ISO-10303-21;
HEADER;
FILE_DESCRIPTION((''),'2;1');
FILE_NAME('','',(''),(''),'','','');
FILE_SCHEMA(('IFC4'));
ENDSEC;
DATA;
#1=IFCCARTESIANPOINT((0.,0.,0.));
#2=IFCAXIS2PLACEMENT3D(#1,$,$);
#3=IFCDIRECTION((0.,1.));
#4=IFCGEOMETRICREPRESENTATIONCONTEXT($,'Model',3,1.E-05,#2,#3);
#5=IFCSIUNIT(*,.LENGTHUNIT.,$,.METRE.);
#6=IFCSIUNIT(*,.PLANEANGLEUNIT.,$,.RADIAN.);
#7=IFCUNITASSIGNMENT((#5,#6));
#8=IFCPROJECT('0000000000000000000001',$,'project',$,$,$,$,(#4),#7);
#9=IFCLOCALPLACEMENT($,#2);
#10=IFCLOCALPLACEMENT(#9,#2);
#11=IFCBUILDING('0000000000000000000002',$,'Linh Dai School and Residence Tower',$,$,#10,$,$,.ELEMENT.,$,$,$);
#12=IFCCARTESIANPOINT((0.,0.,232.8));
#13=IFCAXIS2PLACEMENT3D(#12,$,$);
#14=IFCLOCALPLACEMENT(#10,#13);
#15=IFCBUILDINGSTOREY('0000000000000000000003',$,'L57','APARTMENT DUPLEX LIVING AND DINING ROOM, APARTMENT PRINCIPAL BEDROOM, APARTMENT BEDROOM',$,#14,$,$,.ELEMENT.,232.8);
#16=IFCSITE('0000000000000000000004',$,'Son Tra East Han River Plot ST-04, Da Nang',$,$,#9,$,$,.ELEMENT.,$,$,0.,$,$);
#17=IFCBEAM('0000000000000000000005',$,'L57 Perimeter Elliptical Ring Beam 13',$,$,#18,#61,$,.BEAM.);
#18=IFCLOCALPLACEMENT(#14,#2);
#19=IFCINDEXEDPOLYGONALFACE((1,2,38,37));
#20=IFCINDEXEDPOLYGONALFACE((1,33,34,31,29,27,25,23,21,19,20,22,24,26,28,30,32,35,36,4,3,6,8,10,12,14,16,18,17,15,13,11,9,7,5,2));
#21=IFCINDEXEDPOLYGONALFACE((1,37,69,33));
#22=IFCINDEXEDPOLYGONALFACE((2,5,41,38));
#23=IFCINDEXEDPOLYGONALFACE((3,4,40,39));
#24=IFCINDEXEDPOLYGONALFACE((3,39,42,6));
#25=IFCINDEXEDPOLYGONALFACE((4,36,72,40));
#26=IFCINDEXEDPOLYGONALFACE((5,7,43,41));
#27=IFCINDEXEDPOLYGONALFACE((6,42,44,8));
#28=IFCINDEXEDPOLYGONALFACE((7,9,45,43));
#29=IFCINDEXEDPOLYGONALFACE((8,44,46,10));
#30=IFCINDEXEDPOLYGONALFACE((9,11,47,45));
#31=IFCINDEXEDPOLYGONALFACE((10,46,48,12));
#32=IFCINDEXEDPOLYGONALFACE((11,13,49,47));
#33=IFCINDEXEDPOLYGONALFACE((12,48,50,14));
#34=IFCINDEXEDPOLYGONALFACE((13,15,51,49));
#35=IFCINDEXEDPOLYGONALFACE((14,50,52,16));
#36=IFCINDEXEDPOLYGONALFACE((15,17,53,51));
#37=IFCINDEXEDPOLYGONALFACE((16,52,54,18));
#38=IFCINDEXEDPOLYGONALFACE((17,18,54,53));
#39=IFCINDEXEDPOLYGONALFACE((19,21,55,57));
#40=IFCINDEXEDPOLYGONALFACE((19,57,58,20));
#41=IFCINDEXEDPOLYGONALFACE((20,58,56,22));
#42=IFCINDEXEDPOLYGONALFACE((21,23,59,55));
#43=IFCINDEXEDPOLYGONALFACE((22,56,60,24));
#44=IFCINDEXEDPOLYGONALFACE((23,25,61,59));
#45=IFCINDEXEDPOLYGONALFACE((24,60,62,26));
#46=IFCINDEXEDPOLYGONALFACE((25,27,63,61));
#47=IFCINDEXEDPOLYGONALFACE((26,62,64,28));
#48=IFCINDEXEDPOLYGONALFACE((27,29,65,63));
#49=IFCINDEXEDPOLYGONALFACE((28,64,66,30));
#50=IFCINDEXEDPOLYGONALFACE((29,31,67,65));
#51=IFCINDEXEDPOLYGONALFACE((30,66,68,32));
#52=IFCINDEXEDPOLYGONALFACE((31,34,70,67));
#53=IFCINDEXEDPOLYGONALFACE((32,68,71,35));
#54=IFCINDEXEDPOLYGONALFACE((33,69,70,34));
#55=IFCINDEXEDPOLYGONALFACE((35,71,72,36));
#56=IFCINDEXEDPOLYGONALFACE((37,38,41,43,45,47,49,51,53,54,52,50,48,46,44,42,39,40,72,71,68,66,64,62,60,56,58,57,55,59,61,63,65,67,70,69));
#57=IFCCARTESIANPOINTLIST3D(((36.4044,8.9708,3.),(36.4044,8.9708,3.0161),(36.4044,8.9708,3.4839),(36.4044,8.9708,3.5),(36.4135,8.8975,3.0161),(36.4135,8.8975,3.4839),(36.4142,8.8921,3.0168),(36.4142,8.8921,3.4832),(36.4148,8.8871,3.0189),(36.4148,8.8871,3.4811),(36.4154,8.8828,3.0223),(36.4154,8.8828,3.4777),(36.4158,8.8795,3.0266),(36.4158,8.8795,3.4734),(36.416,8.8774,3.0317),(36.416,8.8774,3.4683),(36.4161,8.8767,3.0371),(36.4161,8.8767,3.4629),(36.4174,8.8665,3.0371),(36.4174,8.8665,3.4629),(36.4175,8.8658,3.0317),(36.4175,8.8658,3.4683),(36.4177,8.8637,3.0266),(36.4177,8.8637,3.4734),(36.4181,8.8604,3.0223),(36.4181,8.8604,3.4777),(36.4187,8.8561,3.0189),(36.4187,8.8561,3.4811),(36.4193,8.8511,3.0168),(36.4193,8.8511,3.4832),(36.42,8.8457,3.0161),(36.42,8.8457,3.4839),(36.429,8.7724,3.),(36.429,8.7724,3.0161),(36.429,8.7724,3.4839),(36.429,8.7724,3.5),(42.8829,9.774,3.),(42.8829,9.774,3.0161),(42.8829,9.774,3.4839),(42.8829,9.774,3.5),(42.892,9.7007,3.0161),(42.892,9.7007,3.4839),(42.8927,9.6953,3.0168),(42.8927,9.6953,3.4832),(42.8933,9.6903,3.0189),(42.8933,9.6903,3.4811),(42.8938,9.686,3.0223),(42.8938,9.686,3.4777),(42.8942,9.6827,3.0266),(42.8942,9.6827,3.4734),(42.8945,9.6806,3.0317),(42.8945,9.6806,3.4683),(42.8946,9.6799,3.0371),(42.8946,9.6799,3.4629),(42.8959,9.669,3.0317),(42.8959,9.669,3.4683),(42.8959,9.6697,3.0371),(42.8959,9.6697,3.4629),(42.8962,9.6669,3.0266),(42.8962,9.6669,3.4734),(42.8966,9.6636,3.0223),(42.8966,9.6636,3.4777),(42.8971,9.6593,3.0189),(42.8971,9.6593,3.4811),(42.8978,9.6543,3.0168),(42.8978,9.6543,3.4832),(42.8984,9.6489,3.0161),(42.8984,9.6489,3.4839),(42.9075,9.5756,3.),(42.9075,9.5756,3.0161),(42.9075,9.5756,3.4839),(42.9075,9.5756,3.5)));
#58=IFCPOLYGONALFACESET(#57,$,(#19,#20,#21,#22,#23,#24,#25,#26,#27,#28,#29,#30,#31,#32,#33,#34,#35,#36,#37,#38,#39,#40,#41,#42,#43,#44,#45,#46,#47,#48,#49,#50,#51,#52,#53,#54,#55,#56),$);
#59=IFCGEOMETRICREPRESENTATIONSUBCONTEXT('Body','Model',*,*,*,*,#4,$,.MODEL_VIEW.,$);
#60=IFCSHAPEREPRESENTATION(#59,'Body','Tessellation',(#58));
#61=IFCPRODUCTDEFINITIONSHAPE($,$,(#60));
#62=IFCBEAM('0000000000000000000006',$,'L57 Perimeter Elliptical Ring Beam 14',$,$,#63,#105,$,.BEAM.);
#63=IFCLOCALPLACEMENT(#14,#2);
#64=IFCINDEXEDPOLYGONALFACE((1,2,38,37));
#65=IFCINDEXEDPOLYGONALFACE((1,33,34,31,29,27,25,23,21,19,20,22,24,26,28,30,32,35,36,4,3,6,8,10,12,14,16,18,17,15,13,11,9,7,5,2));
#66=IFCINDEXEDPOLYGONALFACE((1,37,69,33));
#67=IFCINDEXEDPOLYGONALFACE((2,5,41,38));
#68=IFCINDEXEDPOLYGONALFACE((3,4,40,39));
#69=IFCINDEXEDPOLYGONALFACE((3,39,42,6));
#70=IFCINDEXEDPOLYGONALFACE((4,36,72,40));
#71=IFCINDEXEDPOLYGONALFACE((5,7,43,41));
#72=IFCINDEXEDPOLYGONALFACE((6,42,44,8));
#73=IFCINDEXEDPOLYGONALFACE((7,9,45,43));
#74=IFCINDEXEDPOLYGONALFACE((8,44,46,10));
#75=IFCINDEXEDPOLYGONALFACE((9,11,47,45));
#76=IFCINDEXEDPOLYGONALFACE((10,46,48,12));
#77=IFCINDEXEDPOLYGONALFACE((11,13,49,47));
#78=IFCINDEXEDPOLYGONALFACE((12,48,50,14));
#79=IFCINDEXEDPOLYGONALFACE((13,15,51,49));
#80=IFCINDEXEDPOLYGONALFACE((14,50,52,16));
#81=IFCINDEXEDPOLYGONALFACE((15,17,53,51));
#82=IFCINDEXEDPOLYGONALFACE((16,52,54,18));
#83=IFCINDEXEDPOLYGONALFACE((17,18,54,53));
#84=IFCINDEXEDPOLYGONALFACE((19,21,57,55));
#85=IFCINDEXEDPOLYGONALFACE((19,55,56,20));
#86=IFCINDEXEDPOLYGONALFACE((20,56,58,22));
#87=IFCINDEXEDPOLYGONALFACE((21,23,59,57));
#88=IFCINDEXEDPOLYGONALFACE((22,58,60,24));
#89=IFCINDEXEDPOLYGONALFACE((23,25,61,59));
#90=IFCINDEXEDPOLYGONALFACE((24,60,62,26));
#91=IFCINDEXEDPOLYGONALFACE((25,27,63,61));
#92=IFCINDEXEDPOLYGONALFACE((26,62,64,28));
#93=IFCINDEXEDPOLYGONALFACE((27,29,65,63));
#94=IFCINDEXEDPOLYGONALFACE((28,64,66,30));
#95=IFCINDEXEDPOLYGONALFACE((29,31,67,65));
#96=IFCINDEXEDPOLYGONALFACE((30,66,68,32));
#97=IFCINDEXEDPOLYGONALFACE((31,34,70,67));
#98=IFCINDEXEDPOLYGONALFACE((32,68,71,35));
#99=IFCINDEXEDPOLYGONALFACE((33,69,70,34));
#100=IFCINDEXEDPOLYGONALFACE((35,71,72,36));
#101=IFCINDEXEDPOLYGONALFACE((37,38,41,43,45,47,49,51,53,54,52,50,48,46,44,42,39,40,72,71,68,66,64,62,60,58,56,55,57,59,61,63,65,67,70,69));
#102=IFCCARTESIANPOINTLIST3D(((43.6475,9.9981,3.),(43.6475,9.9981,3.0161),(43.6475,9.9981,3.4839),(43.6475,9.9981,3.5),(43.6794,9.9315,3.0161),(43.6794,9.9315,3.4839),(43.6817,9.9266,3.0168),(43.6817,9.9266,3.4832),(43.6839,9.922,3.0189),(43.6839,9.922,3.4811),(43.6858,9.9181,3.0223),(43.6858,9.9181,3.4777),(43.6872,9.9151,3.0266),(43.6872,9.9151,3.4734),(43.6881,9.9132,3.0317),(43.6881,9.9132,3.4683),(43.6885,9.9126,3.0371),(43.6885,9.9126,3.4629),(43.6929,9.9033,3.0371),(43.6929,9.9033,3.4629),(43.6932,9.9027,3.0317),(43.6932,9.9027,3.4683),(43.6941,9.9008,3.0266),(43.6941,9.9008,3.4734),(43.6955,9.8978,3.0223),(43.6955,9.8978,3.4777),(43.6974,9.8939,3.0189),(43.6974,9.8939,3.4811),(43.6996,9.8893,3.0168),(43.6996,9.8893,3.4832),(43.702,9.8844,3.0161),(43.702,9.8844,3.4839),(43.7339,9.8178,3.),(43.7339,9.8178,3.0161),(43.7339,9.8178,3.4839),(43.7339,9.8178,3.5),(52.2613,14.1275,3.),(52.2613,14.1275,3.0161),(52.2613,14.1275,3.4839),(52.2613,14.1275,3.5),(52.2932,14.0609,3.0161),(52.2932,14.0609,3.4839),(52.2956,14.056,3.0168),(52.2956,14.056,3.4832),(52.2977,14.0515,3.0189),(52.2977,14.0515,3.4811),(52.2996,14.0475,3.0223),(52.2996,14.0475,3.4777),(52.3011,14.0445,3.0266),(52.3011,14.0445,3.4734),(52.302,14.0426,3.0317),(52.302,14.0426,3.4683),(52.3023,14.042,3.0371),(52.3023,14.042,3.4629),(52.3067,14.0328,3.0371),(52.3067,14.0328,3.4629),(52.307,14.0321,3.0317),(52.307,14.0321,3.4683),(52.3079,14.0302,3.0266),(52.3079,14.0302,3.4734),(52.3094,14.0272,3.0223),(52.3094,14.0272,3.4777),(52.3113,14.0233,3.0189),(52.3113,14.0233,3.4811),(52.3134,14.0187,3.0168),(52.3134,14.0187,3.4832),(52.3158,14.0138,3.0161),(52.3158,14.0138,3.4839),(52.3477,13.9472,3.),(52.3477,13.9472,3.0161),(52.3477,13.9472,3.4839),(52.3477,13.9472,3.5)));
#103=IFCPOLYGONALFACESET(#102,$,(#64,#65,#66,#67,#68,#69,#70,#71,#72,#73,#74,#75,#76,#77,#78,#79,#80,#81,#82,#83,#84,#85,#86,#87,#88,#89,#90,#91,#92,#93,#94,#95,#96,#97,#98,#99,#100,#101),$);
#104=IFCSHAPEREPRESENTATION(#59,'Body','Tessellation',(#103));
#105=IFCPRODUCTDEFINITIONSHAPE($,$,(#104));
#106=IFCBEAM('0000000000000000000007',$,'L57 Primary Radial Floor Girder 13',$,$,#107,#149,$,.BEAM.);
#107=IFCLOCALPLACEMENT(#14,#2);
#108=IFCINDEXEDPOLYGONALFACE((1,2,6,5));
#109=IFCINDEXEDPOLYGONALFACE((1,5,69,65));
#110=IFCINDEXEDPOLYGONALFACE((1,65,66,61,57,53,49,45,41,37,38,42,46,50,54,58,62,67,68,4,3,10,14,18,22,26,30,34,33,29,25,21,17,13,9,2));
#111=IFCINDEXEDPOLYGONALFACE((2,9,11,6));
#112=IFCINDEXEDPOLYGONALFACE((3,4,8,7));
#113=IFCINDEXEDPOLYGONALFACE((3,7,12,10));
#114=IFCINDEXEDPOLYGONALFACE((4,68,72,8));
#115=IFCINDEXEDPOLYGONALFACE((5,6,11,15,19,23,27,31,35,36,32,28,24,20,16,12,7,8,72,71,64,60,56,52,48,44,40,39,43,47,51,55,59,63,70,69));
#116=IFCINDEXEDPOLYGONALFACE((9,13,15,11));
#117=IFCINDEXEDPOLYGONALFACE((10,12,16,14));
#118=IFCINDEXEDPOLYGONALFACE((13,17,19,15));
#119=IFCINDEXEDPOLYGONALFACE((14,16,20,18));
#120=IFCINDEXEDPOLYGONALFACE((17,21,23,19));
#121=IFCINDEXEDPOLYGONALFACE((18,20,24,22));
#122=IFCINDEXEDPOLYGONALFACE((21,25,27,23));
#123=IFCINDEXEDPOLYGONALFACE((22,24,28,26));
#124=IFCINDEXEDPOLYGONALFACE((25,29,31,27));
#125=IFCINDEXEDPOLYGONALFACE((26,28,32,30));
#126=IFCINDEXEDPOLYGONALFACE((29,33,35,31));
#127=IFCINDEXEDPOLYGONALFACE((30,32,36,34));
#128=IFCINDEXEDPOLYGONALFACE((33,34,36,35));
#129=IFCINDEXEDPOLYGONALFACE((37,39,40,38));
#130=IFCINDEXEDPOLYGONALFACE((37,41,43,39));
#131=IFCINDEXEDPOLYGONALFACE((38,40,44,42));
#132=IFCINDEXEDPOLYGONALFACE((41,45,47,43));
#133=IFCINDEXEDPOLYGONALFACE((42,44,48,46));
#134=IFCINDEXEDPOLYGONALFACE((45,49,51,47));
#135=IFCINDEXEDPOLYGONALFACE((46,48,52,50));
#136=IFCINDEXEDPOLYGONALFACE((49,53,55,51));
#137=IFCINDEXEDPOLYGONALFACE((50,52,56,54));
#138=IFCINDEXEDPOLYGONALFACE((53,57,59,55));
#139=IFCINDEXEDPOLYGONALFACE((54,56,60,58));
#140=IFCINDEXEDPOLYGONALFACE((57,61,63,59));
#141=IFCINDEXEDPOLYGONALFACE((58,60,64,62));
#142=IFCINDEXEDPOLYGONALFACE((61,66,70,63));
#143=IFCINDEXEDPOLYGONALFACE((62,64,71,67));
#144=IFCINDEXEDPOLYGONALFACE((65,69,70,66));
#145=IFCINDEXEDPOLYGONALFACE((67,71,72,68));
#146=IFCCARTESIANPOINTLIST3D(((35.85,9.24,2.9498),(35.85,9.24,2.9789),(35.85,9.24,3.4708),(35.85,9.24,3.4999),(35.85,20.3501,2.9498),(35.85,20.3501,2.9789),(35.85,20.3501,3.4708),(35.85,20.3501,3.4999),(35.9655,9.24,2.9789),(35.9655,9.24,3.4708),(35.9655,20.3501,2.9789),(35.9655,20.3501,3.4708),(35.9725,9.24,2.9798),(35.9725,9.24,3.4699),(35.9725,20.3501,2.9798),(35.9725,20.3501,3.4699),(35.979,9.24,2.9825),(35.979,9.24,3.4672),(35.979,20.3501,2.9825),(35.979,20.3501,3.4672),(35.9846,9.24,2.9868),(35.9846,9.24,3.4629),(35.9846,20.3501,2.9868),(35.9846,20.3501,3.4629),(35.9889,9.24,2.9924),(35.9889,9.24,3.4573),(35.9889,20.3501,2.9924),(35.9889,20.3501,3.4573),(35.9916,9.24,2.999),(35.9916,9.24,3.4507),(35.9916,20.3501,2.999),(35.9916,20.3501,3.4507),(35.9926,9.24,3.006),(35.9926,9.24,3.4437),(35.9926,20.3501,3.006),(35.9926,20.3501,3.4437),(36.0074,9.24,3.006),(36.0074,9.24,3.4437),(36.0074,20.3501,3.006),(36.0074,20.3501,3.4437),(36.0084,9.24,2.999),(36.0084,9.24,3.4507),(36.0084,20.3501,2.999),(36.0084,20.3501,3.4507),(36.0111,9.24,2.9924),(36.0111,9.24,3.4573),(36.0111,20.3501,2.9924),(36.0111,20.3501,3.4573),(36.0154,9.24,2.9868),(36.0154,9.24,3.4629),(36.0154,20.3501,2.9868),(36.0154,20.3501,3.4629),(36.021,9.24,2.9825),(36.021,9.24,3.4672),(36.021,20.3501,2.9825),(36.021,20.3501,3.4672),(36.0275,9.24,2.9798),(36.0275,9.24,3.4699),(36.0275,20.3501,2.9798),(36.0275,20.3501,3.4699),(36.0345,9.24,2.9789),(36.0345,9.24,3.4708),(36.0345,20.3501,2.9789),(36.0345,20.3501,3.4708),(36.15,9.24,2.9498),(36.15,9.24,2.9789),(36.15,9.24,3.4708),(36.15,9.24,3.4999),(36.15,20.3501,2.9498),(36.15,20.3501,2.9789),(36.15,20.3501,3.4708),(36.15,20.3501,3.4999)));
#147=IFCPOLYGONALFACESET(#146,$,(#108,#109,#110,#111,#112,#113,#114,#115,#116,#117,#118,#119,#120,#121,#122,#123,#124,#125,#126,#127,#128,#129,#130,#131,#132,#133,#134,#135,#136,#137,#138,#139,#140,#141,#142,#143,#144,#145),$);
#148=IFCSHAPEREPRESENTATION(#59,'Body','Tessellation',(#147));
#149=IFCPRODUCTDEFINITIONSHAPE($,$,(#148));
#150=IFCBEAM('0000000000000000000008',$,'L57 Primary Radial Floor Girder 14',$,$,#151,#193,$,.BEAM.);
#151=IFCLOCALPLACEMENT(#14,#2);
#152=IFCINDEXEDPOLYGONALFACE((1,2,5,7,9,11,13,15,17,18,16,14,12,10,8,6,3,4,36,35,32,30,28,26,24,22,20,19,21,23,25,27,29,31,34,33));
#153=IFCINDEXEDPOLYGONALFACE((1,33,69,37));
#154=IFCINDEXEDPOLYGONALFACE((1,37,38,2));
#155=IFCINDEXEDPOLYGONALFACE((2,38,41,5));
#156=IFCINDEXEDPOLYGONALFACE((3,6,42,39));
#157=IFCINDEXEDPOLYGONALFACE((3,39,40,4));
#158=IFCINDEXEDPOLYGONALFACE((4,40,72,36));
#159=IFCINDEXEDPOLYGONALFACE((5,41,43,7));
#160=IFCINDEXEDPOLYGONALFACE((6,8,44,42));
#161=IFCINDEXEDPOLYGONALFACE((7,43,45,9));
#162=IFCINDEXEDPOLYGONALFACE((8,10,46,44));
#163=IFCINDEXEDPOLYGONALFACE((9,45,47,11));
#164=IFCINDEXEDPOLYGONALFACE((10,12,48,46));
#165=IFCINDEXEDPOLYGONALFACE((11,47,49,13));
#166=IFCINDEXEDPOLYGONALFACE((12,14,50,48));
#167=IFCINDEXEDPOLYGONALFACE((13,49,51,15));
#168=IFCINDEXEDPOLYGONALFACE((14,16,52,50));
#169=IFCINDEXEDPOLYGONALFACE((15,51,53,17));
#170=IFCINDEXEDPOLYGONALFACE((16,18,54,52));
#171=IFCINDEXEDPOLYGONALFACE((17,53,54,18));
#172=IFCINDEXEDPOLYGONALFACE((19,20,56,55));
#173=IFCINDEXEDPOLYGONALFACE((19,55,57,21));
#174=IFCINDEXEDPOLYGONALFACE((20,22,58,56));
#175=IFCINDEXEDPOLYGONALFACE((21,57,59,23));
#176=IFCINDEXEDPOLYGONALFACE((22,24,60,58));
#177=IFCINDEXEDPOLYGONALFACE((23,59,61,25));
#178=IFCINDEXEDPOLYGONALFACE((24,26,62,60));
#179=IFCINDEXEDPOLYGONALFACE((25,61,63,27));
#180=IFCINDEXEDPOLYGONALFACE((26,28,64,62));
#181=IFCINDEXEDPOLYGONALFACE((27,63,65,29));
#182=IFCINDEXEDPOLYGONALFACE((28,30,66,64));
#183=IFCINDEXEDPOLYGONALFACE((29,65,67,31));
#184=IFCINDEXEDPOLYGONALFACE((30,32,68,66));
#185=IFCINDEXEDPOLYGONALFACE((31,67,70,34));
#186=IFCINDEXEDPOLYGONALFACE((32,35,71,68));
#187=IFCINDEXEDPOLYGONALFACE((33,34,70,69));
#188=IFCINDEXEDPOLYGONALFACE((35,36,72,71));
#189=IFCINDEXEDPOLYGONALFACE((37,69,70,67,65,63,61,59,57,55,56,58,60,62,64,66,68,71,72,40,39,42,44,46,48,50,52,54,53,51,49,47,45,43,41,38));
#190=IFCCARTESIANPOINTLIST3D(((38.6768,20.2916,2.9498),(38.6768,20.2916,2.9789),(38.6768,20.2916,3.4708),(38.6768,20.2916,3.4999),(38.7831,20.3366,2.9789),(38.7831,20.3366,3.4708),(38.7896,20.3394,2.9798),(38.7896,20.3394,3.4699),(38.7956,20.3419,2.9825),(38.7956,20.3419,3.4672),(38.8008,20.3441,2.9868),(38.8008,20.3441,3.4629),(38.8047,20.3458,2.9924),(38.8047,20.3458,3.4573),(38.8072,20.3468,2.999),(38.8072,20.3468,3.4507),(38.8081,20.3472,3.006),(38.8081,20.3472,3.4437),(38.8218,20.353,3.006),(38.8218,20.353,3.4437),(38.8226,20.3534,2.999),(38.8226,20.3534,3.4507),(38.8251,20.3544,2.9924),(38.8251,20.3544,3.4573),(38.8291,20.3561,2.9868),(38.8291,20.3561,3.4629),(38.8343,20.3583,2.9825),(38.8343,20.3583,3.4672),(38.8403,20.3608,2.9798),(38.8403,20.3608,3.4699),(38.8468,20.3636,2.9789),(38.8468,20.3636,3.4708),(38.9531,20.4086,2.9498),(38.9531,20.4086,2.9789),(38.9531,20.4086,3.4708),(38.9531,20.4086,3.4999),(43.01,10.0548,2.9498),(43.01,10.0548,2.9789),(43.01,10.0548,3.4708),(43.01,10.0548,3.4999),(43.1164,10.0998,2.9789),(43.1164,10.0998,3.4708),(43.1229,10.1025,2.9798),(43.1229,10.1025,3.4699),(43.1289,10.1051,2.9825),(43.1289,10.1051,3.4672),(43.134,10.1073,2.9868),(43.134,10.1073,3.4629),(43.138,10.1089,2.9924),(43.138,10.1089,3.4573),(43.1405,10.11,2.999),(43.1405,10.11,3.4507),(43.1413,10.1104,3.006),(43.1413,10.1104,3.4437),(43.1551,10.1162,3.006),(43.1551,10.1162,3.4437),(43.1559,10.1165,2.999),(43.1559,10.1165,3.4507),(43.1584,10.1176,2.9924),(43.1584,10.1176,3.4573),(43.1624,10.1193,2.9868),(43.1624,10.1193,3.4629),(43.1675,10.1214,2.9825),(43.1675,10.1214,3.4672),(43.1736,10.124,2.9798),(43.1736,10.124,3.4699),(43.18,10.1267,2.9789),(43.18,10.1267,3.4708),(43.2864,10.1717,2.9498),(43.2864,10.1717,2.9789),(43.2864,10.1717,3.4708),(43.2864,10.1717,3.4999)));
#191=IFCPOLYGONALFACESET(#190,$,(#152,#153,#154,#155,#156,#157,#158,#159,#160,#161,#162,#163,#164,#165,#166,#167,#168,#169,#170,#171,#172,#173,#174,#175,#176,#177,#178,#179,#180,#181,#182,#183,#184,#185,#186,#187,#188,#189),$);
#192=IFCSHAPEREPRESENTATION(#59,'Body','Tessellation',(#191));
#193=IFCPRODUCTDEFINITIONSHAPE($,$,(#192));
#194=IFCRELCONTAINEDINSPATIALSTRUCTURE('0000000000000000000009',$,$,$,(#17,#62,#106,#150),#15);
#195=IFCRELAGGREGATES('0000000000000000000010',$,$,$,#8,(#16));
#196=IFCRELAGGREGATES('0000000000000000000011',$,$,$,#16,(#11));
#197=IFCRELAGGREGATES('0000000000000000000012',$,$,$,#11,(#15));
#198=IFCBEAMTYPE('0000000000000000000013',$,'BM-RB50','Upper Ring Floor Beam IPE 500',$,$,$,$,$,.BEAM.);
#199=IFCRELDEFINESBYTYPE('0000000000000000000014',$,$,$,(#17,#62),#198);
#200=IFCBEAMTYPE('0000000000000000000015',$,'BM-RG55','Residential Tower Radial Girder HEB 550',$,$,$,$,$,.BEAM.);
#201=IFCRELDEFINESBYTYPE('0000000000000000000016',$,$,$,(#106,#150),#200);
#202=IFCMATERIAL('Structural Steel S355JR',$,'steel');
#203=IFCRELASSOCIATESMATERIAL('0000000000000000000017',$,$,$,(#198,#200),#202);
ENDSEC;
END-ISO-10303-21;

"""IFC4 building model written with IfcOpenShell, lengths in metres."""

from ifc_helpers import new_model, si_unit, direction, frame, origin, origin_2d, place, context, subcontext, project, spatial, i_section, extrude, material, material_profile, profile_set, type_object, element, save


model = new_model("IFC4")

# Units and contexts
model_context = context("Model", 3, precision=1e-05, world=origin(), true_north=direction((0.0, 1.0)))
body_context = subcontext(model_context, "Body", "Model", "MODEL_VIEW")
ifc_project = project(units=[si_unit("LENGTHUNIT", "METRE"), si_unit("PLANEANGLEUNIT", "RADIAN")], contexts=[model_context])

# Site, building, storey
site_placement = place(None, origin())
site = spatial("IfcSite", under=ifc_project, at=site_placement, Name="Son Tra East Han River Plot ST-04, Da Nang", CompositionType="ELEMENT", RefElevation=0.0)
building_placement = place(site_placement, origin())
building = spatial("IfcBuilding", under=site, at=building_placement, Name="Linh Dai School and Residence Tower", CompositionType="ELEMENT")
storey_placement = place(building_placement, frame((0.0, 0.0, 232.8)))
storey = spatial("IfcBuildingStorey", under=building, at=storey_placement, Name="L57", Description="APARTMENT DUPLEX LIVING AND DINING ROOM, APARTMENT PRINCIPAL BEDROOM, APARTMENT BEDROOM", CompositionType="ELEMENT", Elevation=232.8)

# Shared definitions
ifc_material_1 = material(Name="Structural Steel S355JR", Category="steel")

# Beams
ifc_material_profile_1 = material_profile(ifc_material_1, i_section(OverallWidth=0.2, OverallDepth=0.5, WebThickness=0.0103, FlangeThickness=0.0161, FilletRadius=0.021, at=origin_2d()), Name="IPE 500")
ifc_profile_set_1 = profile_set([ifc_material_profile_1], Name="Structural Steel S355JR")
beam_type_1 = type_object("IfcBeamType", Name="BM-RB50", Description="Upper Ring Floor Beam IPE 500", PredefinedType="BEAM", material=ifc_profile_set_1)
beam_1_placement = place(storey_placement, frame((36.4167, 8.8716, 3.25), z_axis=(0.992402, 0.12304, 0.0), x_axis=(-0.12304, 0.992402, 0.0)))
element("IfcBeam", 1, at=beam_1_placement, inside=storey, type_object=beam_type_1, Name="L57 Perimeter Elliptical Ring Beam 13", PredefinedType="BEAM", context=body_context, shape_type="SweptSolid", body=[
    extrude(i_section(OverallWidth=0.2, OverallDepth=0.5, WebThickness=0.0103, FlangeThickness=0.0161, FilletRadius=0.021, at=origin_2d()), origin(), (0.0, 0.0, 1.0), 6.5281),
])
beam_2_placement = place(storey_placement, frame((43.6907, 9.908, 3.25), z_axis=(0.901736, 0.432287, 0.0), x_axis=(-0.432287, 0.901736, 0.0)))
element("IfcBeam", 2, at=beam_2_placement, inside=storey, type_object=beam_type_1, Name="L57 Perimeter Elliptical Ring Beam 14", PredefinedType="BEAM", context=body_context, shape_type="SweptSolid", body=[
    extrude(i_section(OverallWidth=0.2, OverallDepth=0.5, WebThickness=0.0103, FlangeThickness=0.0161, FilletRadius=0.021, at=origin_2d()), origin(), (0.0, 0.0, 1.0), 9.5525),
])
ifc_material_profile_2 = material_profile(ifc_material_1, i_section(OverallWidth=0.3, OverallDepth=0.55, WebThickness=0.0149, FlangeThickness=0.0291, FilletRadius=0.0271, at=origin_2d()), Name="HEB 550")
ifc_profile_set_2 = profile_set([ifc_material_profile_2], Name="Structural Steel S355JR")
beam_type_2 = type_object("IfcBeamType", Name="BM-RG55", Description="Residential Tower Radial Girder HEB 550", PredefinedType="BEAM", material=ifc_profile_set_2)
beam_3_placement = place(storey_placement, frame((36.0, 20.3501, 3.2249), z_axis=(0.0, -1.0, 0.0), x_axis=(1.0, 0.0, 0.0)))
element("IfcBeam", 3, at=beam_3_placement, inside=storey, type_object=beam_type_2, Name="L57 Primary Radial Floor Girder 13", PredefinedType="BEAM", context=body_context, shape_type="SweptSolid", body=[
    extrude(i_section(OverallWidth=0.3, OverallDepth=0.55, WebThickness=0.0149, FlangeThickness=0.0291, FilletRadius=0.0271, at=origin_2d()), origin(), (0.0, 0.0, 1.0), 11.1101),
])
beam_4_placement = place(storey_placement, frame((38.8149, 20.3501, 3.2249), z_axis=(0.389815, -0.920893, 0.0), x_axis=(0.920893, 0.389815, 0.0)))
element("IfcBeam", 4, at=beam_4_placement, inside=storey, type_object=beam_type_2, Name="L57 Primary Radial Floor Girder 14", PredefinedType="BEAM", context=body_context, shape_type="SweptSolid", body=[
    extrude(i_section(OverallWidth=0.3, OverallDepth=0.55, WebThickness=0.0149, FlangeThickness=0.0291, FilletRadius=0.0271, at=origin_2d()), origin(), (0.0, 0.0, 1.0), 11.1162),
])

save(model, "model.ifc")
